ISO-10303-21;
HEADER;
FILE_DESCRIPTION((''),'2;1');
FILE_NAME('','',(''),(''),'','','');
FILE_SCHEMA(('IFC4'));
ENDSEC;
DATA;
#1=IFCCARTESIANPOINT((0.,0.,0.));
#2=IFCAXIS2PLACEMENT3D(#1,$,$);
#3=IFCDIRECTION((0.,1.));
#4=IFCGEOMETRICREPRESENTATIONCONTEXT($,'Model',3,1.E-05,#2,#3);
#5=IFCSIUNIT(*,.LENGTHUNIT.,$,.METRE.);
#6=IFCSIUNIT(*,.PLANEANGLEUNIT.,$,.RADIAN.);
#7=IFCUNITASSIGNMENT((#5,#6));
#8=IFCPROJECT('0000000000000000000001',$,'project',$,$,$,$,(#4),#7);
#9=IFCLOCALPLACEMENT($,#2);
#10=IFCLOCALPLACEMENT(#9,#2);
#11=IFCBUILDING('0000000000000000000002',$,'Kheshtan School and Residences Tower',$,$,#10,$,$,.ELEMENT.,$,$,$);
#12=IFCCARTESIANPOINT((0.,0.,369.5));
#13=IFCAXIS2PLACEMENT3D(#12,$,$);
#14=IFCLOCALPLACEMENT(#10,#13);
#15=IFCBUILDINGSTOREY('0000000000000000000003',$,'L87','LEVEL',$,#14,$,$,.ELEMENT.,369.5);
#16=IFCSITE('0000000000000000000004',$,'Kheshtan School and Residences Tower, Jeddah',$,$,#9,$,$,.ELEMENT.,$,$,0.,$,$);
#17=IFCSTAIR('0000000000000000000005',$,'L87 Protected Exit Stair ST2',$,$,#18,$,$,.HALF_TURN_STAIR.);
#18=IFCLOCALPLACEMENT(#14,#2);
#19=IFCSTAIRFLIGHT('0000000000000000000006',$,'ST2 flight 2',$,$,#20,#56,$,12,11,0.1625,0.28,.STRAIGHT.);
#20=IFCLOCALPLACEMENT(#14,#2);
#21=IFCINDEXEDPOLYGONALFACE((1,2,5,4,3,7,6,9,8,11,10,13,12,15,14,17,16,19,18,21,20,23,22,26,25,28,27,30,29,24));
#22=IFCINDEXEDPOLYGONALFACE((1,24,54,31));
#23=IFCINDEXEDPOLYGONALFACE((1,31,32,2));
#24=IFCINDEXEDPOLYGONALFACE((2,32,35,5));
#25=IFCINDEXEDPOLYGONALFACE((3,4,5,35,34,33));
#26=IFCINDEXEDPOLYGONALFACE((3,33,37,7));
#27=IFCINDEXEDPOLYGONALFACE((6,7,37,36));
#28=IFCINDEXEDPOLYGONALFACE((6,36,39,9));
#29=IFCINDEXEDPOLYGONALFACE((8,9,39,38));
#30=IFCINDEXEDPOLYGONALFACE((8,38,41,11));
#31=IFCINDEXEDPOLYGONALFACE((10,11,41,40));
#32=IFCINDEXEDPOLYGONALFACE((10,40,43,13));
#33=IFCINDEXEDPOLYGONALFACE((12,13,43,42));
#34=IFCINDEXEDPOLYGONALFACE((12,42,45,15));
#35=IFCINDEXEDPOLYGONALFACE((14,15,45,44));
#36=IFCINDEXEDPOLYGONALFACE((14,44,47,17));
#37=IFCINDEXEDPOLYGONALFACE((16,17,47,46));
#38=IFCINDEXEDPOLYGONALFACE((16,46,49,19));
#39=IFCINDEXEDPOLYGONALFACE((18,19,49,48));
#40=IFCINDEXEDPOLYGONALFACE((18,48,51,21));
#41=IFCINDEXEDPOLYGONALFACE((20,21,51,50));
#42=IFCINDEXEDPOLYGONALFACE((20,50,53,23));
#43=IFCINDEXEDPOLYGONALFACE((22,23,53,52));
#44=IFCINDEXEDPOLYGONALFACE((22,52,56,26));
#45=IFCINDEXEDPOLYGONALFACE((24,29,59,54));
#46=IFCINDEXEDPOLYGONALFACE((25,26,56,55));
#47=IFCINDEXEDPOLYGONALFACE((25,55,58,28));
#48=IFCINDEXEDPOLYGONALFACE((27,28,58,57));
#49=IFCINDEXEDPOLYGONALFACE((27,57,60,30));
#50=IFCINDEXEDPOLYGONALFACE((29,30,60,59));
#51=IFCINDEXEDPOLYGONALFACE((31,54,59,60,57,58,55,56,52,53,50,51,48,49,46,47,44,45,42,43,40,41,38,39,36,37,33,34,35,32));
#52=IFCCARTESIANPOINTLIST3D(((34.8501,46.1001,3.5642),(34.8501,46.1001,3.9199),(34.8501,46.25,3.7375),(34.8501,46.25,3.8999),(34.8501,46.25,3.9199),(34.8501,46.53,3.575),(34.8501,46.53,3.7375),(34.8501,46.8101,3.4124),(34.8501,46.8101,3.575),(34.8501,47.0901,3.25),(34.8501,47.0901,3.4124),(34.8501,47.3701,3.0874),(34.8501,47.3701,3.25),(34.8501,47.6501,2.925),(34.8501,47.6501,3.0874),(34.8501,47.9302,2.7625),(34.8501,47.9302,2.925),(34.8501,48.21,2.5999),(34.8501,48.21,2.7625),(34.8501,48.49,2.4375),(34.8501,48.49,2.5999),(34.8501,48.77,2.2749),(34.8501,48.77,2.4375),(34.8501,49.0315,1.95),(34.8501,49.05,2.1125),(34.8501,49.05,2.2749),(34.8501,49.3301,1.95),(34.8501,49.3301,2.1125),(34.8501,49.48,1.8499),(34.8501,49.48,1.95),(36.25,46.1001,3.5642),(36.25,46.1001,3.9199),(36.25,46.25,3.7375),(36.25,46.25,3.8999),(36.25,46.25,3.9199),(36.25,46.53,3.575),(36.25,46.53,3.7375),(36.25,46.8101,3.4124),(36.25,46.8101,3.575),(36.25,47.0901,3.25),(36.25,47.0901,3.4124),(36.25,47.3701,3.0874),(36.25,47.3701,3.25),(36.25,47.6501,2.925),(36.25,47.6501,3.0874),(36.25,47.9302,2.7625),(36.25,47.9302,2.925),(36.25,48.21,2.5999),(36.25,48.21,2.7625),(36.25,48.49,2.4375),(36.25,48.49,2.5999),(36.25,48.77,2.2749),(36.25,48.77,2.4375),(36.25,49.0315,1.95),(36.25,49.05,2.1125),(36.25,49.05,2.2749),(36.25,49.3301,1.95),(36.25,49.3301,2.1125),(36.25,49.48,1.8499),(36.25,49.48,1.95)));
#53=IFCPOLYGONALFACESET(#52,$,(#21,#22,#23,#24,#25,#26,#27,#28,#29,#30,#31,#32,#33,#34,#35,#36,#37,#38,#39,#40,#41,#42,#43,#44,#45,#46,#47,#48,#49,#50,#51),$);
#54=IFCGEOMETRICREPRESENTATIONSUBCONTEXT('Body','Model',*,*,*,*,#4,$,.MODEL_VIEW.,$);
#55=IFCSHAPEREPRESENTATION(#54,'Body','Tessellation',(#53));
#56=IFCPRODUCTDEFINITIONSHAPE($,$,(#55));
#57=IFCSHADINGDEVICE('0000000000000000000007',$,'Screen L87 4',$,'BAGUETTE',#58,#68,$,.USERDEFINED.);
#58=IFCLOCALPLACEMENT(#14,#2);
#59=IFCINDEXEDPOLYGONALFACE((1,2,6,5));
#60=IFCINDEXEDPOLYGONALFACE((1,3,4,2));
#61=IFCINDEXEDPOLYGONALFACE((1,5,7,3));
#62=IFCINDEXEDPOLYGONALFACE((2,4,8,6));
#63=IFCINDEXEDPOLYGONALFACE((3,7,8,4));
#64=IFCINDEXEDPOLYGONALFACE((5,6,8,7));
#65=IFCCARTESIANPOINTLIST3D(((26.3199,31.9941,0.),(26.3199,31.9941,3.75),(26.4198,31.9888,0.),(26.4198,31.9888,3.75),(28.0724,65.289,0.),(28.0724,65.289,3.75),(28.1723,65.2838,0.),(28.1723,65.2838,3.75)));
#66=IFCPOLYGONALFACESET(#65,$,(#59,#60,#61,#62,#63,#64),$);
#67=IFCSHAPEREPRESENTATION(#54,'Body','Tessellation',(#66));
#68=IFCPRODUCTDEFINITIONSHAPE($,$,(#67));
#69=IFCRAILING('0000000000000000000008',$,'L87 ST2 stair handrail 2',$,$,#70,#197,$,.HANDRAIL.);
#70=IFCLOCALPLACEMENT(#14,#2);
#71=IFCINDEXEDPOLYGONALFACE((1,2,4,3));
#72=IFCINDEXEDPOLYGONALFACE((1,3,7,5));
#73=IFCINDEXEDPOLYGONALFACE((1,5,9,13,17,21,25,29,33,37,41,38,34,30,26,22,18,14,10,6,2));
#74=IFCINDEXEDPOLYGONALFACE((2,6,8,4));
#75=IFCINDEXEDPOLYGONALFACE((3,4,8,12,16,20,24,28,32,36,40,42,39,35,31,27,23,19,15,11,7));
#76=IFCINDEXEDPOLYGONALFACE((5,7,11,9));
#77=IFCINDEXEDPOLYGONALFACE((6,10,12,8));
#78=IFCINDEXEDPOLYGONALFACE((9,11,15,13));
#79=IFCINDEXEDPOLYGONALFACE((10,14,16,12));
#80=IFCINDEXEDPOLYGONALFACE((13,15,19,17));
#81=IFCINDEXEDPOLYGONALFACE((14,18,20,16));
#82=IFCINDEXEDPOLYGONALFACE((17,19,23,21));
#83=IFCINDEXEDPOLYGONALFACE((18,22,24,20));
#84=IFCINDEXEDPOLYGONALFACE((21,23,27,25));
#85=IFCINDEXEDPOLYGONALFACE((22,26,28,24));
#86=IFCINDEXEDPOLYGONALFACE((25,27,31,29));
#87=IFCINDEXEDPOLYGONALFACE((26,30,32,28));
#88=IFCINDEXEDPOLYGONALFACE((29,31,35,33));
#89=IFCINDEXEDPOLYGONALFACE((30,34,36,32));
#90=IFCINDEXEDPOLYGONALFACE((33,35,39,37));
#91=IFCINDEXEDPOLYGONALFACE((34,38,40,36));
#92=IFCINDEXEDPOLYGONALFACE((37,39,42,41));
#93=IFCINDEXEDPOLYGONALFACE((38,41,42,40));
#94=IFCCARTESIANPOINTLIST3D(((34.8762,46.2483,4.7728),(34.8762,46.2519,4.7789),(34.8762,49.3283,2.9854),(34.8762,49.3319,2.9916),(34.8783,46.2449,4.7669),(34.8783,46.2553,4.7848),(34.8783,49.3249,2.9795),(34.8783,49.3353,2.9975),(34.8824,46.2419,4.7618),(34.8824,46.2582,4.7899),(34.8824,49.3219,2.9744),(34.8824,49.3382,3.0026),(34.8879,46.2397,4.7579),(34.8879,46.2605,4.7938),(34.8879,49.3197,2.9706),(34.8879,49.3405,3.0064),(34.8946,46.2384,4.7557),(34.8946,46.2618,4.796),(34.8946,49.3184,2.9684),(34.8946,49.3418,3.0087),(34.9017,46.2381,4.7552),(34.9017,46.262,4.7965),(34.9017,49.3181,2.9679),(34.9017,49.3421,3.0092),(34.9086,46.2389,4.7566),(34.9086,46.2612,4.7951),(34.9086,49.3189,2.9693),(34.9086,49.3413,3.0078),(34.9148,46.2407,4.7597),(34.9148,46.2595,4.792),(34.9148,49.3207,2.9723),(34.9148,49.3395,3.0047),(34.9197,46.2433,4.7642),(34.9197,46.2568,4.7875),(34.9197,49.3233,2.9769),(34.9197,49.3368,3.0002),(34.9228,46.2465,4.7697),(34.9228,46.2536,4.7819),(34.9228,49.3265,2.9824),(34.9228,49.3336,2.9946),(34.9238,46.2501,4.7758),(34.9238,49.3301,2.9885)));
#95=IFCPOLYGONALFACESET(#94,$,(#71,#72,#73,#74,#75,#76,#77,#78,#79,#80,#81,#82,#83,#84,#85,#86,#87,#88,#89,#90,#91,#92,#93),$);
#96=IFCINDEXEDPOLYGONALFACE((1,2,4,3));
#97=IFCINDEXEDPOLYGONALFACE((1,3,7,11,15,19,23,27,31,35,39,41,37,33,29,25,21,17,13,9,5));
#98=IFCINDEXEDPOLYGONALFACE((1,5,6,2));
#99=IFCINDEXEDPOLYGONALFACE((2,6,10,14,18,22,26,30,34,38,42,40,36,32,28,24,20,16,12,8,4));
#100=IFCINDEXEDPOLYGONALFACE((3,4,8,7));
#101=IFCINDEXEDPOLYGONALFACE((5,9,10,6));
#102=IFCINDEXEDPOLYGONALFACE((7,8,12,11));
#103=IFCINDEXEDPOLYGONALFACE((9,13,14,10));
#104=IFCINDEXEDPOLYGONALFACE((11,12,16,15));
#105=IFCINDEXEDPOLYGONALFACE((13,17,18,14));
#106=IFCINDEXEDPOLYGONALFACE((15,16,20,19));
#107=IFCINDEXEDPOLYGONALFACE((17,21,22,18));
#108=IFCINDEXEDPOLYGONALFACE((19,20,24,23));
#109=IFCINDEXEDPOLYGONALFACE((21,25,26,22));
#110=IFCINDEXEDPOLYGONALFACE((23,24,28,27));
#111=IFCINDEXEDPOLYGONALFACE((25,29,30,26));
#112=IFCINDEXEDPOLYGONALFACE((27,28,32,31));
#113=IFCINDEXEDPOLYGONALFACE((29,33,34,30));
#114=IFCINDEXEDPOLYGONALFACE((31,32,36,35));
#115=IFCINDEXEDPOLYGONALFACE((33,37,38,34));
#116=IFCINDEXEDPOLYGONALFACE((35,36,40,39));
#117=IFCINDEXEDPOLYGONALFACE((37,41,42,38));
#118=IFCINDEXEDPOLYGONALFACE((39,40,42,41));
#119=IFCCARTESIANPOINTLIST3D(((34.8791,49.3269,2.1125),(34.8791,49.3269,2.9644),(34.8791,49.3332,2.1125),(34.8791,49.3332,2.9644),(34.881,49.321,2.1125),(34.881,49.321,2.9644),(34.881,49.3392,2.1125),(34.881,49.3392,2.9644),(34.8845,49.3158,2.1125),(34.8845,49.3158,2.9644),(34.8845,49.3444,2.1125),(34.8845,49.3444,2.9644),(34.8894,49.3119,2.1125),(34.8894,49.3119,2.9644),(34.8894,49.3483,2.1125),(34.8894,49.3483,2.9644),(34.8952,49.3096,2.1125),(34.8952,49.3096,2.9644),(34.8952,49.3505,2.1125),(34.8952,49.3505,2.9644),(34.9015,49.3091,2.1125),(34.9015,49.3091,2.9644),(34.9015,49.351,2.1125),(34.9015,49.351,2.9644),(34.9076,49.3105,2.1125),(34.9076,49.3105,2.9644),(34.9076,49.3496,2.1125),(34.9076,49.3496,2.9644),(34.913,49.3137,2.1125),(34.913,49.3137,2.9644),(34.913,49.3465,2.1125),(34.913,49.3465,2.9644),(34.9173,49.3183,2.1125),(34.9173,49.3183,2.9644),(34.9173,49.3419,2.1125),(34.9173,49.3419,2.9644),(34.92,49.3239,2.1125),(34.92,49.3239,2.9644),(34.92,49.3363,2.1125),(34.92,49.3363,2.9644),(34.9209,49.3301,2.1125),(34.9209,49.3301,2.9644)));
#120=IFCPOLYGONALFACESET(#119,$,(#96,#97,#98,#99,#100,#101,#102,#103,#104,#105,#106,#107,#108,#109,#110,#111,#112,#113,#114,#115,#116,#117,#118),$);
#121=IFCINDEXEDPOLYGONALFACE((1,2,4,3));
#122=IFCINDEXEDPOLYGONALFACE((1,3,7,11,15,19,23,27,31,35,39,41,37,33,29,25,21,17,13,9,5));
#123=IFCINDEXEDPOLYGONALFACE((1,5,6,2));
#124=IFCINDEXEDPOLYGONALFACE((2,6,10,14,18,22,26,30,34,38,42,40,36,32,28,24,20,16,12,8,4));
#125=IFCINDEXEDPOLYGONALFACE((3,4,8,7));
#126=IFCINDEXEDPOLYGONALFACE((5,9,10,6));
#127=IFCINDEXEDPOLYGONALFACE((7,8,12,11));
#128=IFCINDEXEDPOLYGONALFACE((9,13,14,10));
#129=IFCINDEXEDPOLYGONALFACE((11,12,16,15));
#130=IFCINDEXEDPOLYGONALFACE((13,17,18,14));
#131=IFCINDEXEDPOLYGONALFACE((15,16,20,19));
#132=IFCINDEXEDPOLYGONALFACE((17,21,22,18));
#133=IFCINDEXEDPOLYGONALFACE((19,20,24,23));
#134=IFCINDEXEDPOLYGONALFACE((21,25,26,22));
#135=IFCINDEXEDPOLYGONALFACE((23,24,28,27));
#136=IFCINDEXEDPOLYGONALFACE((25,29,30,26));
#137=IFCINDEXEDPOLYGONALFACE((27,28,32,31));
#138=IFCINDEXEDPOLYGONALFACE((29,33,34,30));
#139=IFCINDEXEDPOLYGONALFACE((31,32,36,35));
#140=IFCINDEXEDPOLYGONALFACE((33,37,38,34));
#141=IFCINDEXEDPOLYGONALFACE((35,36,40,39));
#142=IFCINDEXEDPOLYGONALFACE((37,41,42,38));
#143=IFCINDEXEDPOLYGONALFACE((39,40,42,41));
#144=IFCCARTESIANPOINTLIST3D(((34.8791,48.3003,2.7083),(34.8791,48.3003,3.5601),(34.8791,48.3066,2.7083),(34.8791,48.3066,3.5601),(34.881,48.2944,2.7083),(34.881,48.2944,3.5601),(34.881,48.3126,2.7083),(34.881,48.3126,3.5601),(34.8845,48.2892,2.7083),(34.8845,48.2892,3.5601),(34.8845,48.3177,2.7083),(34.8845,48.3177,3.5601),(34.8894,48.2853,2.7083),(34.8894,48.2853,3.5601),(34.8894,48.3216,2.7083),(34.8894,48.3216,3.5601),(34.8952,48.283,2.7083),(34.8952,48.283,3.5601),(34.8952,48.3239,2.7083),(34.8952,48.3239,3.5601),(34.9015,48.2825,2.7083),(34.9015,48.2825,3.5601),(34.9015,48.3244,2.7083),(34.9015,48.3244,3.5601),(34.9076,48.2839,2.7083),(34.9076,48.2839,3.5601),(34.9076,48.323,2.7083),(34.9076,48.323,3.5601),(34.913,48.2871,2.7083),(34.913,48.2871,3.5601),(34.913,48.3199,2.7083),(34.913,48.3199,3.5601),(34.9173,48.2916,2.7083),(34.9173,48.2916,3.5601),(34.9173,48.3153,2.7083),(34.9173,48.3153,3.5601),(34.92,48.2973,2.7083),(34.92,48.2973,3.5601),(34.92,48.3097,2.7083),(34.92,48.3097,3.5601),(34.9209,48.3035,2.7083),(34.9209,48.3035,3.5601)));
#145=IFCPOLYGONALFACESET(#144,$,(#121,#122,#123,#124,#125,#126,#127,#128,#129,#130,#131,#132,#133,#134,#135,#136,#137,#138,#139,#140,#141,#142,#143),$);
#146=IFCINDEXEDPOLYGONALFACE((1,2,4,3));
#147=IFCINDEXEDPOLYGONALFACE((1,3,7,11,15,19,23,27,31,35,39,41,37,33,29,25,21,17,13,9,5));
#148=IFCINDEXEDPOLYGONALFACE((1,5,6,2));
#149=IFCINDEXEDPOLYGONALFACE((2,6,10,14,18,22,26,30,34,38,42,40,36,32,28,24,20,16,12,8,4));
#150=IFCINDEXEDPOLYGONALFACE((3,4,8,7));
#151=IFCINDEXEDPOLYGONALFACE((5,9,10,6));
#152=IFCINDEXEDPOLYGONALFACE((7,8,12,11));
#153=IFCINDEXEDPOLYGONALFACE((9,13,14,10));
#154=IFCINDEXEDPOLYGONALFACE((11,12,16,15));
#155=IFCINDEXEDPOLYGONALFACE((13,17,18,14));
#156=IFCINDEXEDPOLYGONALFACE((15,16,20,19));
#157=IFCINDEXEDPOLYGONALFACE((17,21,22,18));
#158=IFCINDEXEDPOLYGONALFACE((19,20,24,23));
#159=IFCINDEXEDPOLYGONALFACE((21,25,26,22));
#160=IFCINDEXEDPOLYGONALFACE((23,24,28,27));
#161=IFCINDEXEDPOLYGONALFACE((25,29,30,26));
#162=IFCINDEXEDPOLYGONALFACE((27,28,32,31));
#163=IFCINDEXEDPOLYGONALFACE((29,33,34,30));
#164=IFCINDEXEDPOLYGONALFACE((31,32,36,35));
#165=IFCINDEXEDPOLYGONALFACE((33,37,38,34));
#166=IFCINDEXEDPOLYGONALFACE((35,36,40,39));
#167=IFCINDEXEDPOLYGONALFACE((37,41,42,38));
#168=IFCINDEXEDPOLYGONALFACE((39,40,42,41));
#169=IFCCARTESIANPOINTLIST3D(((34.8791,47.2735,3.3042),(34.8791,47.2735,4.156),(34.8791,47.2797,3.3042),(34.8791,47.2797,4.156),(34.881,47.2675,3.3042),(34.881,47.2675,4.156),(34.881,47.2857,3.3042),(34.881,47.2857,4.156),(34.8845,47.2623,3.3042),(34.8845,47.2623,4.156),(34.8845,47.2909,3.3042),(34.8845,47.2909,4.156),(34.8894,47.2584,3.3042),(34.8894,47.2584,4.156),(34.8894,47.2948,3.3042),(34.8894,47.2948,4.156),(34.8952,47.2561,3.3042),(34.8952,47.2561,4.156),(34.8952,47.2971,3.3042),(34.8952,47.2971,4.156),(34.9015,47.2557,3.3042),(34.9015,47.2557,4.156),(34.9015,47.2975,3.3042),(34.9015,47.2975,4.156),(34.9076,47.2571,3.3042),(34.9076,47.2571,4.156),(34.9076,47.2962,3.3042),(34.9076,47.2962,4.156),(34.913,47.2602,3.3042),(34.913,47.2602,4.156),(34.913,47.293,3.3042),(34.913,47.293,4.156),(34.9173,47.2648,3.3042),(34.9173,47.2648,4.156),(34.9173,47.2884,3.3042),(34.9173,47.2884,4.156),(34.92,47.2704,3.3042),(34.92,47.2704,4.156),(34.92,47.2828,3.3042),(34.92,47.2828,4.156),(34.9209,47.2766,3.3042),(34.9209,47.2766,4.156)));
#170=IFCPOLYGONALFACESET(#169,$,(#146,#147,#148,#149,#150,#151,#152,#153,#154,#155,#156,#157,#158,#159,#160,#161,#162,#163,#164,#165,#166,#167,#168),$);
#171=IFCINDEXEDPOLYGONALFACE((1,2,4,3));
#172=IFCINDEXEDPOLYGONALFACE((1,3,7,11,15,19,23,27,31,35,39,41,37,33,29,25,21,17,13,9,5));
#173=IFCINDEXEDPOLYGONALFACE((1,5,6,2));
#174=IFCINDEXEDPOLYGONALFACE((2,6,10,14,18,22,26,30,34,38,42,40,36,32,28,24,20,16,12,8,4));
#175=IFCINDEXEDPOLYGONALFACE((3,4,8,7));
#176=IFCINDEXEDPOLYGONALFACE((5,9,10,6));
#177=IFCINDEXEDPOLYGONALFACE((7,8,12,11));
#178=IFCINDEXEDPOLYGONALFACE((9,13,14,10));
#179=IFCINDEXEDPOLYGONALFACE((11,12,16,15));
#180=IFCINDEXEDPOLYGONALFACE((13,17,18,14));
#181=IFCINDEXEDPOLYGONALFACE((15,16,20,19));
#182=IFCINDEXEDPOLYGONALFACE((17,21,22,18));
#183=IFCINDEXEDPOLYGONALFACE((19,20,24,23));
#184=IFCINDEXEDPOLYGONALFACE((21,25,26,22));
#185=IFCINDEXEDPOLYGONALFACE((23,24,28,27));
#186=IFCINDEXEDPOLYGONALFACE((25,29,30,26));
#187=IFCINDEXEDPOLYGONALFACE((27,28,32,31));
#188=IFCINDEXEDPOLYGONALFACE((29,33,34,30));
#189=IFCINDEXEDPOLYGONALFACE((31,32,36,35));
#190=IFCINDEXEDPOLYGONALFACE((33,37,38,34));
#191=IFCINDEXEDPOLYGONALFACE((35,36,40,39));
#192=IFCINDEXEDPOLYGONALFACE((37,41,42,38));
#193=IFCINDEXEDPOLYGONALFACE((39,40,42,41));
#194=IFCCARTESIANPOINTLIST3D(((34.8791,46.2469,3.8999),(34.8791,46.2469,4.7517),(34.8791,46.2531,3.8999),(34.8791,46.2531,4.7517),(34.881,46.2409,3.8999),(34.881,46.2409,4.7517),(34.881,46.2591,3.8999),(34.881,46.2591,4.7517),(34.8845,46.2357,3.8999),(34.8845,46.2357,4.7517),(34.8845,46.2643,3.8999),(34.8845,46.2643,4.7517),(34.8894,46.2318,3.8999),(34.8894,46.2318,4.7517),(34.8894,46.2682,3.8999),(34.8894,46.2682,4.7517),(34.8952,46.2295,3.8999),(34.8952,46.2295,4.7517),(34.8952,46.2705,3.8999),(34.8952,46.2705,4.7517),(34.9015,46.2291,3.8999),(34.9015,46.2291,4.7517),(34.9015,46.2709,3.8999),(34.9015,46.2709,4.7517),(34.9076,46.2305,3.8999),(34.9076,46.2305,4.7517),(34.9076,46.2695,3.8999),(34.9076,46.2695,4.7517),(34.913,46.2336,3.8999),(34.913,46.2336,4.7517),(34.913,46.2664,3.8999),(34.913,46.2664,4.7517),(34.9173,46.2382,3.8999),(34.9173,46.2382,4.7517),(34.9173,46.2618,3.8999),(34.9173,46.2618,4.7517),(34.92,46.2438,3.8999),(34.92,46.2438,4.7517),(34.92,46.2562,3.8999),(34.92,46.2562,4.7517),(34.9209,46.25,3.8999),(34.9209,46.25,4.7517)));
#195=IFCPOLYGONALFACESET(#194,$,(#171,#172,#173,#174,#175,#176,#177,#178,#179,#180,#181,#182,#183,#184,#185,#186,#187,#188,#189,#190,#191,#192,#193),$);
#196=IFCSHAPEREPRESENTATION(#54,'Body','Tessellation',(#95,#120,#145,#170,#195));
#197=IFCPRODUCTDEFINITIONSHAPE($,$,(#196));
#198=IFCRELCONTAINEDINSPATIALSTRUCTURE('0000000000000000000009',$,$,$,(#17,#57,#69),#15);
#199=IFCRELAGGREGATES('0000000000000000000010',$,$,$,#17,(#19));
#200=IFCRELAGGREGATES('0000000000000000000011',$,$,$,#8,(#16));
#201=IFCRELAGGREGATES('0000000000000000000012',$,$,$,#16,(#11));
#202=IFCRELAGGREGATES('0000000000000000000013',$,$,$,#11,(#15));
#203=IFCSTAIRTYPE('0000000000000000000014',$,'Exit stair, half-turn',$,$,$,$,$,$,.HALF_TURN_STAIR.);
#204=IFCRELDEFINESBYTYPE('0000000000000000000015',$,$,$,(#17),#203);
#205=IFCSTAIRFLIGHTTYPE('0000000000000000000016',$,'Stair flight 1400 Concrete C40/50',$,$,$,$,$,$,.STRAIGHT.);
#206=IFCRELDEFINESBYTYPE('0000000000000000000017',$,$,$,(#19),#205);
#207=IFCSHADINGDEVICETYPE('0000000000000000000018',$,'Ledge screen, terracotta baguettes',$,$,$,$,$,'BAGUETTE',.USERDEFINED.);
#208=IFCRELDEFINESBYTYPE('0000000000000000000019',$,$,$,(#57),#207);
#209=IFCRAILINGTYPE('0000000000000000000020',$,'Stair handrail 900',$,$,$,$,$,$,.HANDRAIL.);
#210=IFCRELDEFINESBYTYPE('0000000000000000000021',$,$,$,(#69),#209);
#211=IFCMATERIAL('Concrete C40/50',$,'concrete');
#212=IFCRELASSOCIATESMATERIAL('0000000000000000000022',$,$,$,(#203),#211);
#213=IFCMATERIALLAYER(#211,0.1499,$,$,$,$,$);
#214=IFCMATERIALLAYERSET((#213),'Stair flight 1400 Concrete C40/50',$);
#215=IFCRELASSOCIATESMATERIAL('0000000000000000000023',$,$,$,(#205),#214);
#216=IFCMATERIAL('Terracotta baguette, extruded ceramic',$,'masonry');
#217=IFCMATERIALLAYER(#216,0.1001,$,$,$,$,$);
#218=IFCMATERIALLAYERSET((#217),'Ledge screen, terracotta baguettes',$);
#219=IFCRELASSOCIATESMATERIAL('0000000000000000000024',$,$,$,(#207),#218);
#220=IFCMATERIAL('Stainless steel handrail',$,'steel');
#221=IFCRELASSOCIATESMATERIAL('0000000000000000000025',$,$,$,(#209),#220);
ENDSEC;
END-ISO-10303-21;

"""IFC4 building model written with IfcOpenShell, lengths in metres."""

from ifc_helpers import new_model, si_unit, direction, frame, origin, origin_2d, place, context, subcontext, project, spatial, polyline, rectangle, circle, outline, extrude, material, layer, layer_set, type_object, element, aggregate, save


model = new_model("IFC4")

# Units and contexts
model_context = context("Model", 3, precision=1e-05, world=origin(), true_north=direction((0.0, 1.0)))
body_context = subcontext(model_context, "Body", "Model", "MODEL_VIEW")
ifc_project = project(units=[si_unit("LENGTHUNIT", "METRE"), si_unit("PLANEANGLEUNIT", "RADIAN")], contexts=[model_context])

# Site, building, storey
site_placement = place(None, origin())
site = spatial("IfcSite", under=ifc_project, at=site_placement, Name="Kheshtan School and Residences Tower, Jeddah", CompositionType="ELEMENT", RefElevation=0.0)
building_placement = place(site_placement, origin())
building = spatial("IfcBuilding", under=site, at=building_placement, Name="Kheshtan School and Residences Tower", CompositionType="ELEMENT")
storey_placement = place(building_placement, frame((0.0, 0.0, 369.5)))
storey = spatial("IfcBuildingStorey", under=building, at=storey_placement, Name="L87", Description="LEVEL", CompositionType="ELEMENT", Elevation=369.5)

# Shared definitions
ifc_material_1 = material(Name="Concrete C40/50", Category="concrete")

# Stair, stair flight
stair_type = type_object("IfcStairType", Name="Exit stair, half-turn", PredefinedType="HALF_TURN_STAIR", material=ifc_material_1)
stair_placement = place(storey_placement, origin())
stair = element("IfcStair", 1, at=stair_placement, inside=storey, type_object=stair_type, Name="L87 Protected Exit Stair ST2", PredefinedType="HALF_TURN_STAIR")
ifc_layer_1 = layer(ifc_material_1, 0.1499)
ifc_layer_set_1 = layer_set([ifc_layer_1], Name="Stair flight 1400 Concrete C40/50")
stair_flight_type = type_object("IfcStairFlightType", Name="Stair flight 1400 Concrete C40/50", PredefinedType="STRAIGHT", material=ifc_layer_set_1)
stair_flight_placement = place(storey_placement, frame((35.55, 49.3301, 1.95), z_axis=(0.0, 0.0, 1.0), x_axis=(0.0, -1.0, 0.0)))
stair_flight = element("IfcStairFlight", 2, at=stair_flight_placement, type_object=stair_flight_type, Name="ST2 flight 2", NumberOfRisers=12, NumberOfTreads=11, PredefinedType="STRAIGHT", RiserHeight=0.1625, TreadLength=0.28, context=body_context, shape_type="SweptSolid", body=[
    extrude(outline(polyline([(-0.1499, -0.1001), (-0.1499, 0.0), (0.0, 0.0), (0.0, 0.1626), (0.28, 0.1626), (0.28, 0.325), (0.5601, 0.325), (0.5601, 0.4875), (0.8401, 0.4875), (0.8401, 0.6499), (1.1201, 0.6499), (1.1201, 0.8125), (1.3999, 0.8125), (1.3999, 0.9751), (1.6799, 0.9751), (1.6799, 1.1375), (1.96, 1.1375), (1.96, 1.3), (2.24, 1.3), (2.24, 1.4624), (2.52, 1.4624), (2.52, 1.625), (2.8, 1.625), (2.8, 1.7876), (3.0801, 1.7876), (3.0801, 1.95), (3.0801, 1.97), (3.23, 1.97), (3.23, 1.6143), (0.2986, 0.0), (-0.1499, -0.1001)])), frame((0.0, 0.7, 0.0), z_axis=(0.0, -1.0, 0.0), x_axis=(1.0, 0.0, 0.0)), (0.0, 0.0, 1.0), 1.3999),
])
aggregate(stair, [stair_flight])

# Shading device
ifc_material_2 = material(Name="Terracotta baguette, extruded ceramic", Category="masonry")
ifc_layer_2 = layer(ifc_material_2, 0.1001)
ifc_layer_set_2 = layer_set([ifc_layer_2], Name="Ledge screen, terracotta baguettes")
shading_device_type = type_object("IfcShadingDeviceType", Name="Ledge screen, terracotta baguettes", ElementType="BAGUETTE", PredefinedType="USERDEFINED", material=ifc_layer_set_2)
shading_device_placement = place(storey_placement, frame((27.2461, 48.6389, 0.0), z_axis=(0.0, 0.0, 1.0), x_axis=(0.052563, 0.998618, 0.0)))
element("IfcShadingDevice", 3, at=shading_device_placement, inside=storey, type_object=shading_device_type, Name="Screen L87 4", ObjectType="BAGUETTE", PredefinedType="USERDEFINED", context=body_context, shape_type="SweptSolid", body=[
    extrude(rectangle(XDim=33.3411, YDim=0.1001, at=origin_2d()), origin(), (0.0, 0.0, 1.0), 3.75),
])

# Railing
ifc_material_3 = material(Name="Stainless steel handrail", Category="steel")
railing_type = type_object("IfcRailingType", Name="Stair handrail 900", PredefinedType="HANDRAIL", material=ifc_material_3)
railing_placement = place(storey_placement, frame((34.8999, 49.3301, 2.1125)))
element("IfcRailing", 4, at=railing_placement, inside=storey, type_object=railing_type, Name="L87 ST2 stair handrail 2", PredefinedType="HANDRAIL", context=body_context, shape_type="SweptSolid", body=[
    extrude(circle(Radius=0.0239, at=origin_2d()), frame((0.0, 0.0, 0.876), z_axis=(0.0, -0.86492, 0.501909), x_axis=(1.0, 0.0, 0.0)), (0.0, 0.0, 1.0), 3.561),
    extrude(circle(Radius=0.021, at=origin_2d()), origin(), (0.0, 0.0, 1.0), 0.8518),
    extrude(circle(Radius=0.021, at=origin_2d()), frame((0.0, -1.0266, 0.5957)), (0.0, 0.0, 1.0), 0.8518),
    extrude(circle(Radius=0.021, at=origin_2d()), frame((0.0, -2.0535, 1.1917)), (0.0, 0.0, 1.0), 0.8518),
    extrude(circle(Radius=0.021, at=origin_2d()), frame((0.0, -3.0801, 1.7874)), (0.0, 0.0, 1.0), 0.8518),
])

save(model, "model.ifc")
